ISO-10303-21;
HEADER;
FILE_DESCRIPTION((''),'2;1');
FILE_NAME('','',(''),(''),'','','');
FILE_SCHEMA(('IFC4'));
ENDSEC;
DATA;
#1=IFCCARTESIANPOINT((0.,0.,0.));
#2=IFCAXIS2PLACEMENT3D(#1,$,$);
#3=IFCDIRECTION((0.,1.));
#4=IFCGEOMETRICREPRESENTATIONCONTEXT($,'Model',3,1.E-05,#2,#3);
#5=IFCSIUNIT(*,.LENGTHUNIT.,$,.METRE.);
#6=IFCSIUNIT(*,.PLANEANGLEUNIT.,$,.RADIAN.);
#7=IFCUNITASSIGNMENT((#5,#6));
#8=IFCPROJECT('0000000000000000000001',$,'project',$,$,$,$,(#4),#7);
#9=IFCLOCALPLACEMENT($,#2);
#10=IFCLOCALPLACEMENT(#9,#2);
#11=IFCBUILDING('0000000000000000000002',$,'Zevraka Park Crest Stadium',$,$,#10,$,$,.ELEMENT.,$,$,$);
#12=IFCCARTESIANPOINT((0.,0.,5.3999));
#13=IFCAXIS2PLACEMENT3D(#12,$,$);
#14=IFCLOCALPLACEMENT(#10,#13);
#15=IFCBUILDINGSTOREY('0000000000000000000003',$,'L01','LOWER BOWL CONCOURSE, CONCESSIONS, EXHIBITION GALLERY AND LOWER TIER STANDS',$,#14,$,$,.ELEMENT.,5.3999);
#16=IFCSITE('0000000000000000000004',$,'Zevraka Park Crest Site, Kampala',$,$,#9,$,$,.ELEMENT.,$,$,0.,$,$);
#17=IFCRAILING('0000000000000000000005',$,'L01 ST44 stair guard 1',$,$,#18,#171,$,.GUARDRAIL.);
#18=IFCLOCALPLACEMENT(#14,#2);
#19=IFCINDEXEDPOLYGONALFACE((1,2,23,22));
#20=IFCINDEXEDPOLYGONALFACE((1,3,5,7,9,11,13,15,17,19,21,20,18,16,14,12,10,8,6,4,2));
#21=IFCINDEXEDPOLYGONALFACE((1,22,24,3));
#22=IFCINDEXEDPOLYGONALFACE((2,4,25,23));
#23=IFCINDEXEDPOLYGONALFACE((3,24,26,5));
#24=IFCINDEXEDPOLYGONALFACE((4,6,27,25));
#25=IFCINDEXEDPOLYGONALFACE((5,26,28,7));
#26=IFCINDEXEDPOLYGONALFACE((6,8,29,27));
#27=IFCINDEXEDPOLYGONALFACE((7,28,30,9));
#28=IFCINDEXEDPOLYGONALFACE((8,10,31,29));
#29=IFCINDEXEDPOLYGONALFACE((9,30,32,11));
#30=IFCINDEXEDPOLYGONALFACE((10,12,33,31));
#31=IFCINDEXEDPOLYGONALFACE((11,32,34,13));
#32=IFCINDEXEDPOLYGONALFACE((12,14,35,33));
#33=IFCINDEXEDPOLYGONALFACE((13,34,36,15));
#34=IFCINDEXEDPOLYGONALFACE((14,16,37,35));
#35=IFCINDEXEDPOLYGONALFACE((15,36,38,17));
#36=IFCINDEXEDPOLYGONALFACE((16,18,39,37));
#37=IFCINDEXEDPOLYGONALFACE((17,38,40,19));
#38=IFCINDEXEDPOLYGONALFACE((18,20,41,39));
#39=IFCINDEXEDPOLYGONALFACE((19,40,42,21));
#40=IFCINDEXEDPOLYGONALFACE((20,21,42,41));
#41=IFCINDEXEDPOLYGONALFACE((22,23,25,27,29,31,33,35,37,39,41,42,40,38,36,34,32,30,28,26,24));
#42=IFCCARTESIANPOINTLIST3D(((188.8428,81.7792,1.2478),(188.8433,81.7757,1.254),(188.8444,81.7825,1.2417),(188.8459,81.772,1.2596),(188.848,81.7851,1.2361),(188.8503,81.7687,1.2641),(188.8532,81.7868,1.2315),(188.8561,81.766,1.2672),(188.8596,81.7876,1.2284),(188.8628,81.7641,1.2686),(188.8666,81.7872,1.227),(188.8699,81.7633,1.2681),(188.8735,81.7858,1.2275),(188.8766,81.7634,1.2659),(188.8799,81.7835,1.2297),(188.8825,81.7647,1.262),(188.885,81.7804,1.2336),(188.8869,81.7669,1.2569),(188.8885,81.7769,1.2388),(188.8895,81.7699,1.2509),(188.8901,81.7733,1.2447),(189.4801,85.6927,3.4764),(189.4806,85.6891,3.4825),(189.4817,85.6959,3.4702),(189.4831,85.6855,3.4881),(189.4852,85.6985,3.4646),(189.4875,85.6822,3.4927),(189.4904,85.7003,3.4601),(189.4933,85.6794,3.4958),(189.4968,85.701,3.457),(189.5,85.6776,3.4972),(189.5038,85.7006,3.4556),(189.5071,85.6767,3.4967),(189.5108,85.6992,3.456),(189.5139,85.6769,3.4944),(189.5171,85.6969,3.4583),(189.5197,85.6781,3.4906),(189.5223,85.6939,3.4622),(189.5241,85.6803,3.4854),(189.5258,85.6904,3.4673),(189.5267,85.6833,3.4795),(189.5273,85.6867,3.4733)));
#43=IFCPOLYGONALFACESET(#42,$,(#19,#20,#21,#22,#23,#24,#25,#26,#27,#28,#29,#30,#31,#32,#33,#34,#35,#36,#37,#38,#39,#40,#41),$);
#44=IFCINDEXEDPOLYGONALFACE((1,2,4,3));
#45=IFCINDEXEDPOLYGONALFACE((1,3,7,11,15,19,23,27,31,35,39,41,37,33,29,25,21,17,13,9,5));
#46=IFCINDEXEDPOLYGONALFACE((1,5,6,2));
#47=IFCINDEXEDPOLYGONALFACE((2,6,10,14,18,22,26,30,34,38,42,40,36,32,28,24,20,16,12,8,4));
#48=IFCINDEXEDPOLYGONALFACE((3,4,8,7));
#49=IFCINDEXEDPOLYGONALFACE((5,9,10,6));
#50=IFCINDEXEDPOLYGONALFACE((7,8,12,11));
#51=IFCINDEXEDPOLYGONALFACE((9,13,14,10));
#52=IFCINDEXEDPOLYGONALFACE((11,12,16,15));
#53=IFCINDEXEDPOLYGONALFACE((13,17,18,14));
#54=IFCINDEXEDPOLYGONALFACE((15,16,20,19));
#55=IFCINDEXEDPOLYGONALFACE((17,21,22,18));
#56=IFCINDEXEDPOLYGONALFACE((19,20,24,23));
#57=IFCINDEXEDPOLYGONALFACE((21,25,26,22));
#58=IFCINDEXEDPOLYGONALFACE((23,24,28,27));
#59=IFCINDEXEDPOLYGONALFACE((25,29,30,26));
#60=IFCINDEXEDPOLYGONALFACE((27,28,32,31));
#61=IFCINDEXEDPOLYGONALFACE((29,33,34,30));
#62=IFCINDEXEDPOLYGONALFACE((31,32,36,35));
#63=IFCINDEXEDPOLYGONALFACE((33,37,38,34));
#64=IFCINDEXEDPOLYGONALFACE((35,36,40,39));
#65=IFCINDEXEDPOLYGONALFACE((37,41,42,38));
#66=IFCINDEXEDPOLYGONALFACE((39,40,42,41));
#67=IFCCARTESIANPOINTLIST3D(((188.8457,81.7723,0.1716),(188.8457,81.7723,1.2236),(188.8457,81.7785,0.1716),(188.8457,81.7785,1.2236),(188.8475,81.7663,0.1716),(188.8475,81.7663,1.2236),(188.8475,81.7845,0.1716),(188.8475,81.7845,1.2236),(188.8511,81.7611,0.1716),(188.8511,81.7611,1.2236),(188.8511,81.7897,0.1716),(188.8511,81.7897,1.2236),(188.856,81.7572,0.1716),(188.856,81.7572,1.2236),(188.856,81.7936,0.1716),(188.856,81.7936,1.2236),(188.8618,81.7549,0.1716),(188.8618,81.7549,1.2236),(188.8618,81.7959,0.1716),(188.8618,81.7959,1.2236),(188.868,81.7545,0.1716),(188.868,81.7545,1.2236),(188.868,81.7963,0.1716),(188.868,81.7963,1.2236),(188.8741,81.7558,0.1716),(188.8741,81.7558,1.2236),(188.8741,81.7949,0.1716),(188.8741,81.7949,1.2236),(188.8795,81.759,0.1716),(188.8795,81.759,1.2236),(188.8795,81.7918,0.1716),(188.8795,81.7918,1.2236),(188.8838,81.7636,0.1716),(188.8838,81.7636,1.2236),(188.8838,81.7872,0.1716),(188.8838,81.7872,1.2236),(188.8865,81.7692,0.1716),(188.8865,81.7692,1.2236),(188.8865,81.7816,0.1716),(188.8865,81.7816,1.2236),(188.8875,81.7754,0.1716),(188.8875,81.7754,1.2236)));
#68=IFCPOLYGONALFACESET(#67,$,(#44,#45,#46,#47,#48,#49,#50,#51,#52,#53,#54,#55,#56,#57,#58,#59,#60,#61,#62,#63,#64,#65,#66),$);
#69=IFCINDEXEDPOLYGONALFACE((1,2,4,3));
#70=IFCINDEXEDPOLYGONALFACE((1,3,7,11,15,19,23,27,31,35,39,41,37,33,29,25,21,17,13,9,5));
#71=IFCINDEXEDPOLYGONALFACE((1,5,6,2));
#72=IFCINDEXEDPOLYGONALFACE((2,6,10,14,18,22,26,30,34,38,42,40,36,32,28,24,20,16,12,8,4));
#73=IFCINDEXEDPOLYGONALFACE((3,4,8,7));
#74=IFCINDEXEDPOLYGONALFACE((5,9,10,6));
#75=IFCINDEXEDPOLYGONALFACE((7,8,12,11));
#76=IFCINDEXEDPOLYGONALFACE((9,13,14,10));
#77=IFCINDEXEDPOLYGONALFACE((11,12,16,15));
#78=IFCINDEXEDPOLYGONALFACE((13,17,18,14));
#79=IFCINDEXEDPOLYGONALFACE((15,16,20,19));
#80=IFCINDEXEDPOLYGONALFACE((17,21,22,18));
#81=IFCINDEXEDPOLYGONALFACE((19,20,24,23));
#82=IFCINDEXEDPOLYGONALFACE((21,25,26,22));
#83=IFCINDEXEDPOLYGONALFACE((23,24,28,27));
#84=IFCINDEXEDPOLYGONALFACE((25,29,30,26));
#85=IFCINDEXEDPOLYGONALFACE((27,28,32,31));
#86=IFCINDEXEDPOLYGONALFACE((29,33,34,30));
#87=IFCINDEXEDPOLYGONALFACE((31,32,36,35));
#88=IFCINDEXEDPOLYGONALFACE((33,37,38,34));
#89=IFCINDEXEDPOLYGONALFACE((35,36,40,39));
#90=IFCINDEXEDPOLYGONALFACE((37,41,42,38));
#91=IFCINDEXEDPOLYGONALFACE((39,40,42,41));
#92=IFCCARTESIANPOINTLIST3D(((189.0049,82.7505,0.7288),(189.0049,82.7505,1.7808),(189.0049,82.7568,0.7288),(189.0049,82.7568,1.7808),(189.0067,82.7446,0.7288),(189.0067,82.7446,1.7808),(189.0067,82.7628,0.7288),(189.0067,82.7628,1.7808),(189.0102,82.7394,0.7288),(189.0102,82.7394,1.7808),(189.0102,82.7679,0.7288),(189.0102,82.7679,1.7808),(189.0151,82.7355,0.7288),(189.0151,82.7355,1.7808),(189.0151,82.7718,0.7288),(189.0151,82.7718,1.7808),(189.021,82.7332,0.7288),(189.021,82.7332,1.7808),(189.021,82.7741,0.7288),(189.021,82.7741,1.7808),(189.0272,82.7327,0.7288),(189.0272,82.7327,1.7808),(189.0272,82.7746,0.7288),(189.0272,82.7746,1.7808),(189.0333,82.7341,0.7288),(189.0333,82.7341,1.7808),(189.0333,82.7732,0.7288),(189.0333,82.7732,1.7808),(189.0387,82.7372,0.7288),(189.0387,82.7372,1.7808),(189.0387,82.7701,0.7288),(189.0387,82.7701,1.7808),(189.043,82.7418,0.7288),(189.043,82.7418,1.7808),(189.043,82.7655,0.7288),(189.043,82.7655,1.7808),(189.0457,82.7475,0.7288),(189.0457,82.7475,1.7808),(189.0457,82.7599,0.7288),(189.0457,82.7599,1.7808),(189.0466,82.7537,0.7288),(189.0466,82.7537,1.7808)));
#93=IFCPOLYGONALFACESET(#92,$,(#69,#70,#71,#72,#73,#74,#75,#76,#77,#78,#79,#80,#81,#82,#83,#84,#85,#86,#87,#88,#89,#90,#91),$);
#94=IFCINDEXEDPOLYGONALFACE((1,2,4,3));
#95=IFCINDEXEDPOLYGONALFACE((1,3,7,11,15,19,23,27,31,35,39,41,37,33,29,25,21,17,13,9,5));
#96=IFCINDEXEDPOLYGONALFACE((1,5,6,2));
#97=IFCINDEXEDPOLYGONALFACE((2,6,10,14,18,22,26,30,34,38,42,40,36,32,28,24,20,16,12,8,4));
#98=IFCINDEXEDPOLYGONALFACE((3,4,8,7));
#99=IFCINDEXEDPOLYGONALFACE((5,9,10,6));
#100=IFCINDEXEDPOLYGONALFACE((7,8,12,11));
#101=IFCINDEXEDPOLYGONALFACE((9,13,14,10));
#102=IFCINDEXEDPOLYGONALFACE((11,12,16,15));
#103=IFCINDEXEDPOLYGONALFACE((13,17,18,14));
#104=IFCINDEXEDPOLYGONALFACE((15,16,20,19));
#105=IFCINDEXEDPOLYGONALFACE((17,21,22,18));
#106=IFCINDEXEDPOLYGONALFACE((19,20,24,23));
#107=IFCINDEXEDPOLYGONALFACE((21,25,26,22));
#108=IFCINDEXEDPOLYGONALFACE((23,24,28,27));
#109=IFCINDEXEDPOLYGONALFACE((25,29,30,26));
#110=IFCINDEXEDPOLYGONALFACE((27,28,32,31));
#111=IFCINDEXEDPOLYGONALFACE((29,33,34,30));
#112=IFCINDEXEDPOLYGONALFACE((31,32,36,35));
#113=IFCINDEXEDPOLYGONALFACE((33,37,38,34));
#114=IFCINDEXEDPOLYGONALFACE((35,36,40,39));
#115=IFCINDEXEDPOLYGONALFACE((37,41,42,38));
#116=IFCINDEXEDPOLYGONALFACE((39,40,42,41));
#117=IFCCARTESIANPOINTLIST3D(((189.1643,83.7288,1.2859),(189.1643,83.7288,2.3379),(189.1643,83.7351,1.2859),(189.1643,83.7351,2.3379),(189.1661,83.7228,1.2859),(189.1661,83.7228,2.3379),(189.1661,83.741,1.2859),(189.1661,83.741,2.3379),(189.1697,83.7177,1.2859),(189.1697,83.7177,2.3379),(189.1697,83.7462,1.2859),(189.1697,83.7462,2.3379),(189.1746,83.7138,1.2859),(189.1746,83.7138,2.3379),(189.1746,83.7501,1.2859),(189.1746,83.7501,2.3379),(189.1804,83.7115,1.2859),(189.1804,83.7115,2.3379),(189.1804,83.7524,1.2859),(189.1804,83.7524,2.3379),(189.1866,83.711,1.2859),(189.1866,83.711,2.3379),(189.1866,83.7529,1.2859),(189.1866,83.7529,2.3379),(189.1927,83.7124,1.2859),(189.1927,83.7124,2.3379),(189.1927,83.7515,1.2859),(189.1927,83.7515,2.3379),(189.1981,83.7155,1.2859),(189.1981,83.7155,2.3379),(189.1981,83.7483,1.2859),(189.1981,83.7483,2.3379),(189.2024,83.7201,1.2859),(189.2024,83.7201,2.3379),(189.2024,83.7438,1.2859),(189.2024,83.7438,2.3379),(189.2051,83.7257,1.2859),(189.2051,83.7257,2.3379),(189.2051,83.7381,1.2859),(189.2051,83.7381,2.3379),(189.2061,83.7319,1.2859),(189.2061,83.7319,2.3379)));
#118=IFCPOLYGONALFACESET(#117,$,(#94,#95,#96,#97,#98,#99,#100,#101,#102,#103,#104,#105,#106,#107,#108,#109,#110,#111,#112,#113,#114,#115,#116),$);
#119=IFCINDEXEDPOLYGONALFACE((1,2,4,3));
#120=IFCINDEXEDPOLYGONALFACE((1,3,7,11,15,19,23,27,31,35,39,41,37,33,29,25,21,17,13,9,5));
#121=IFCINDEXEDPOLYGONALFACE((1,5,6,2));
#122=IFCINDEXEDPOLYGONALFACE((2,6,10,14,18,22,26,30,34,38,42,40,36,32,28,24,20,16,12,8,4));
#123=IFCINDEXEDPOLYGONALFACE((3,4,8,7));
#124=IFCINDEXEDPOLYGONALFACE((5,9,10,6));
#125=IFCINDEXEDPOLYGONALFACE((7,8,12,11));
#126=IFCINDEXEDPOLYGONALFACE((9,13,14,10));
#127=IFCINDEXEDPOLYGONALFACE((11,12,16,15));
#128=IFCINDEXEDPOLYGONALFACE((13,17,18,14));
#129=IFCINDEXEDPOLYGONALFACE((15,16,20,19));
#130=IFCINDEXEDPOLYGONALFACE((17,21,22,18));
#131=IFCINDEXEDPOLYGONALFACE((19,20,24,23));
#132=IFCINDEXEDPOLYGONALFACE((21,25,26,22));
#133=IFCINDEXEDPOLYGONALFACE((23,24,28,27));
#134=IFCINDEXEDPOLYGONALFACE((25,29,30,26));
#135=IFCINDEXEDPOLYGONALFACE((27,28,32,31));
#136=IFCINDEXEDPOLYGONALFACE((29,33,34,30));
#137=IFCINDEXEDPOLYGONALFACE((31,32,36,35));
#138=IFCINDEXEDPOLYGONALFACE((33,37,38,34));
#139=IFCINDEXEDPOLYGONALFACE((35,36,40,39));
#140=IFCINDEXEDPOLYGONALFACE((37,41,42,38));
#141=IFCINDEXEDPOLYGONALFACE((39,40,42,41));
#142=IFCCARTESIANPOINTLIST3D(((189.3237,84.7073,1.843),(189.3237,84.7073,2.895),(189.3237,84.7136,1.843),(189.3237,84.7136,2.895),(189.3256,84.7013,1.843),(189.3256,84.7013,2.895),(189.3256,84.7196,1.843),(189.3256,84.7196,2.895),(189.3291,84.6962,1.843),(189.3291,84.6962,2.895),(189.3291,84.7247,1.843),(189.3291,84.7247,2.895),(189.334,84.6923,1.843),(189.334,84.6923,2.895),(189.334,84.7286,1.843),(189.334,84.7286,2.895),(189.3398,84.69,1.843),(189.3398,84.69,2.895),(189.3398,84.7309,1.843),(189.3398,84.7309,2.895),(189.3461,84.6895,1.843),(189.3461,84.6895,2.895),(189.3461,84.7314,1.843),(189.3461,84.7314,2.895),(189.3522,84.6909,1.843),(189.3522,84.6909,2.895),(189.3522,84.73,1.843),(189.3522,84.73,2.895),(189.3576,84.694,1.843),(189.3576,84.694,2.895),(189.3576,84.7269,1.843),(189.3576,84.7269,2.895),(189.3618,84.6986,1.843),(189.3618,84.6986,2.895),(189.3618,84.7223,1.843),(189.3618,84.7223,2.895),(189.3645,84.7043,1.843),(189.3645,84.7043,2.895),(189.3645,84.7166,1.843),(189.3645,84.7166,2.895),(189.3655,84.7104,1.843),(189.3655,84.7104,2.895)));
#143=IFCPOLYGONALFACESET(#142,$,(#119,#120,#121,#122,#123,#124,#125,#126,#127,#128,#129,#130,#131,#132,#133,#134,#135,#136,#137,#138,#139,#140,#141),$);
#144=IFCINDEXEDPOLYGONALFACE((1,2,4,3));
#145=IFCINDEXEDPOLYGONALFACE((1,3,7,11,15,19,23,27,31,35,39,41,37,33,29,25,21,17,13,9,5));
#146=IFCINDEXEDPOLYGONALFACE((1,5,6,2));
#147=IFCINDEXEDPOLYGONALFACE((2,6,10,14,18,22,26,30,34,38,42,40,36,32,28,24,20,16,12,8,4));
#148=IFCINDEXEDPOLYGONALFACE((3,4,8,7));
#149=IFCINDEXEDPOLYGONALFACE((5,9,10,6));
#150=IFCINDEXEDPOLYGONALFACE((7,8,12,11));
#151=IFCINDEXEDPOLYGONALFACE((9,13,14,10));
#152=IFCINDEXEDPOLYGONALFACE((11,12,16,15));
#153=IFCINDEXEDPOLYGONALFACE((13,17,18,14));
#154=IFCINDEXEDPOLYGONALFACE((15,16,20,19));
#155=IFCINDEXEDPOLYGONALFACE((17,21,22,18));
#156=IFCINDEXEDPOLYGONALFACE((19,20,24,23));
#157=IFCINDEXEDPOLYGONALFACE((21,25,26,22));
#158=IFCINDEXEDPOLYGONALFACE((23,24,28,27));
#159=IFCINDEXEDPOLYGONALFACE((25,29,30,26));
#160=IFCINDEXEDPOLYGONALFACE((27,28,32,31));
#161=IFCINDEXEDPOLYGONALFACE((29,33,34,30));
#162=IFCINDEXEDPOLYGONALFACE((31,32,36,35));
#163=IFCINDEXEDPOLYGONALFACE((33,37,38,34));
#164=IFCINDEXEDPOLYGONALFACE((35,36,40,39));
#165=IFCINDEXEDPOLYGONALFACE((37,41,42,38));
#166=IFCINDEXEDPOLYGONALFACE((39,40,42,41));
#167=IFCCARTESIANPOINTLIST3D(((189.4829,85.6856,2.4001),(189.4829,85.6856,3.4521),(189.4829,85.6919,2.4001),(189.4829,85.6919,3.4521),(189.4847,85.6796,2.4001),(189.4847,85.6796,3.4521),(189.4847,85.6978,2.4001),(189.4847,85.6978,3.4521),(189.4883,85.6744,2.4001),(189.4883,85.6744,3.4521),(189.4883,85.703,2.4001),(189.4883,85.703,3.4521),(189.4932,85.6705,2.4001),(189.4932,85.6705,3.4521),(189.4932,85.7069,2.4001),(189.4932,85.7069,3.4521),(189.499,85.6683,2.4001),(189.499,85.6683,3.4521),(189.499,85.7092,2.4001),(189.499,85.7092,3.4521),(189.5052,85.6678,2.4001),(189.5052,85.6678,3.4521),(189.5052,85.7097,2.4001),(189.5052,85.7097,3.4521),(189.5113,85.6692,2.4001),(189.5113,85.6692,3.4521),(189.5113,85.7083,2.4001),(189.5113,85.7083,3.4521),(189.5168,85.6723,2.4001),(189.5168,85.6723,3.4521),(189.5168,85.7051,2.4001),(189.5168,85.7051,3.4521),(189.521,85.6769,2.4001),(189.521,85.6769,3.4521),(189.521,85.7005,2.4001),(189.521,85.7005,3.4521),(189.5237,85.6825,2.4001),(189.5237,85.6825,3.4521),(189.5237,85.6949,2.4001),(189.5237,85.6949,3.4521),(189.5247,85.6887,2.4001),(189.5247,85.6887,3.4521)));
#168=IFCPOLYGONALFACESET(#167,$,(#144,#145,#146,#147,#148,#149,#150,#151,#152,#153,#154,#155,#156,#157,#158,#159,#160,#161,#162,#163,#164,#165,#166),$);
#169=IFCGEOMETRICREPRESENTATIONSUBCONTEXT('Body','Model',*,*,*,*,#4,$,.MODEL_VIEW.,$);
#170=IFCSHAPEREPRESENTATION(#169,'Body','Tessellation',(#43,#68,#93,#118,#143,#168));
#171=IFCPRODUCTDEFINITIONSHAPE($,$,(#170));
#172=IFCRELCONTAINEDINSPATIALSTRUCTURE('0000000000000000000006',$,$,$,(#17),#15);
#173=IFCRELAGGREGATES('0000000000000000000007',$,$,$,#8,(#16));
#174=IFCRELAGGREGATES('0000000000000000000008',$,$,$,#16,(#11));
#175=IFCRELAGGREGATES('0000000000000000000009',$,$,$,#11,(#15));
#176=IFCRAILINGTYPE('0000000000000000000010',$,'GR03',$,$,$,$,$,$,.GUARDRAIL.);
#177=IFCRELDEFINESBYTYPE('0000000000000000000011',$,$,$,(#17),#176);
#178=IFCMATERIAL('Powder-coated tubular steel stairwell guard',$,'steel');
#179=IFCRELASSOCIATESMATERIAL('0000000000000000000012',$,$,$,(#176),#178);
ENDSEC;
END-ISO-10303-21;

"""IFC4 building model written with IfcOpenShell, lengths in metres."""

from ifc_helpers import new_model, si_unit, direction, frame, origin, origin_2d, place, context, subcontext, project, spatial, circle, extrude, material, type_object, element, save


model = new_model("IFC4")

# Units and contexts
model_context = context("Model", 3, precision=1e-05, world=origin(), true_north=direction((0.0, 1.0)))
body_context = subcontext(model_context, "Body", "Model", "MODEL_VIEW")
ifc_project = project(units=[si_unit("LENGTHUNIT", "METRE"), si_unit("PLANEANGLEUNIT", "RADIAN")], contexts=[model_context])

# Site, building, storey
site_placement = place(None, origin())
site = spatial("IfcSite", under=ifc_project, at=site_placement, Name="Zevraka Park Crest Site, Kampala", CompositionType="ELEMENT", RefElevation=0.0)
building_placement = place(site_placement, origin())
building = spatial("IfcBuilding", under=site, at=building_placement, Name="Zevraka Park Crest Stadium", CompositionType="ELEMENT")
storey_placement = place(building_placement, frame((0.0, 0.0, 5.3999)))
storey = spatial("IfcBuildingStorey", under=building, at=storey_placement, Name="L01", Description="LOWER BOWL CONCOURSE, CONCESSIONS, EXHIBITION GALLERY AND LOWER TIER STANDS", CompositionType="ELEMENT", Elevation=5.3999)

# Railing
ifc_material_1 = material(Name="Powder-coated tubular steel stairwell guard", Category="steel")
railing_type_1 = type_object("IfcRailingType", Name="GR03", PredefinedType="GUARDRAIL", material=ifc_material_1)
railing_1_placement = place(storey_placement, frame((188.8665, 81.7754, 0.1716)))
element("IfcRailing", 1, at=railing_1_placement, inside=storey, type_object=railing_type_1, Name="L01 ST44 stair guard 1", PredefinedType="GUARDRAIL", context=body_context, shape_type="SweptSolid", body=[
    extrude(circle(Radius=0.0239, at=origin_2d()), frame((0.0, 0.0, 1.0762), z_axis=(0.1401, 0.860406, 0.489973), x_axis=(-0.987001, 0.160713, 0.0)), (0.0, 0.0, 1.0), 4.5483),
    extrude(circle(Radius=0.021, at=origin_2d()), origin(), (0.0, 0.0, 1.0), 1.052),
    extrude(circle(Radius=0.021, at=origin_2d()), frame((0.1592, 0.9783, 0.5571)), (0.0, 0.0, 1.0), 1.052),
    extrude(circle(Radius=0.021, at=origin_2d()), frame((0.3186, 1.9565, 1.1143)), (0.0, 0.0, 1.0), 1.052),
    extrude(circle(Radius=0.021, at=origin_2d()), frame((0.478, 2.9351, 1.6714)), (0.0, 0.0, 1.0), 1.052),
    extrude(circle(Radius=0.021, at=origin_2d()), frame((0.6372, 3.9133, 2.2285)), (0.0, 0.0, 1.0), 1.052),
])

save(model, "model.ifc")
